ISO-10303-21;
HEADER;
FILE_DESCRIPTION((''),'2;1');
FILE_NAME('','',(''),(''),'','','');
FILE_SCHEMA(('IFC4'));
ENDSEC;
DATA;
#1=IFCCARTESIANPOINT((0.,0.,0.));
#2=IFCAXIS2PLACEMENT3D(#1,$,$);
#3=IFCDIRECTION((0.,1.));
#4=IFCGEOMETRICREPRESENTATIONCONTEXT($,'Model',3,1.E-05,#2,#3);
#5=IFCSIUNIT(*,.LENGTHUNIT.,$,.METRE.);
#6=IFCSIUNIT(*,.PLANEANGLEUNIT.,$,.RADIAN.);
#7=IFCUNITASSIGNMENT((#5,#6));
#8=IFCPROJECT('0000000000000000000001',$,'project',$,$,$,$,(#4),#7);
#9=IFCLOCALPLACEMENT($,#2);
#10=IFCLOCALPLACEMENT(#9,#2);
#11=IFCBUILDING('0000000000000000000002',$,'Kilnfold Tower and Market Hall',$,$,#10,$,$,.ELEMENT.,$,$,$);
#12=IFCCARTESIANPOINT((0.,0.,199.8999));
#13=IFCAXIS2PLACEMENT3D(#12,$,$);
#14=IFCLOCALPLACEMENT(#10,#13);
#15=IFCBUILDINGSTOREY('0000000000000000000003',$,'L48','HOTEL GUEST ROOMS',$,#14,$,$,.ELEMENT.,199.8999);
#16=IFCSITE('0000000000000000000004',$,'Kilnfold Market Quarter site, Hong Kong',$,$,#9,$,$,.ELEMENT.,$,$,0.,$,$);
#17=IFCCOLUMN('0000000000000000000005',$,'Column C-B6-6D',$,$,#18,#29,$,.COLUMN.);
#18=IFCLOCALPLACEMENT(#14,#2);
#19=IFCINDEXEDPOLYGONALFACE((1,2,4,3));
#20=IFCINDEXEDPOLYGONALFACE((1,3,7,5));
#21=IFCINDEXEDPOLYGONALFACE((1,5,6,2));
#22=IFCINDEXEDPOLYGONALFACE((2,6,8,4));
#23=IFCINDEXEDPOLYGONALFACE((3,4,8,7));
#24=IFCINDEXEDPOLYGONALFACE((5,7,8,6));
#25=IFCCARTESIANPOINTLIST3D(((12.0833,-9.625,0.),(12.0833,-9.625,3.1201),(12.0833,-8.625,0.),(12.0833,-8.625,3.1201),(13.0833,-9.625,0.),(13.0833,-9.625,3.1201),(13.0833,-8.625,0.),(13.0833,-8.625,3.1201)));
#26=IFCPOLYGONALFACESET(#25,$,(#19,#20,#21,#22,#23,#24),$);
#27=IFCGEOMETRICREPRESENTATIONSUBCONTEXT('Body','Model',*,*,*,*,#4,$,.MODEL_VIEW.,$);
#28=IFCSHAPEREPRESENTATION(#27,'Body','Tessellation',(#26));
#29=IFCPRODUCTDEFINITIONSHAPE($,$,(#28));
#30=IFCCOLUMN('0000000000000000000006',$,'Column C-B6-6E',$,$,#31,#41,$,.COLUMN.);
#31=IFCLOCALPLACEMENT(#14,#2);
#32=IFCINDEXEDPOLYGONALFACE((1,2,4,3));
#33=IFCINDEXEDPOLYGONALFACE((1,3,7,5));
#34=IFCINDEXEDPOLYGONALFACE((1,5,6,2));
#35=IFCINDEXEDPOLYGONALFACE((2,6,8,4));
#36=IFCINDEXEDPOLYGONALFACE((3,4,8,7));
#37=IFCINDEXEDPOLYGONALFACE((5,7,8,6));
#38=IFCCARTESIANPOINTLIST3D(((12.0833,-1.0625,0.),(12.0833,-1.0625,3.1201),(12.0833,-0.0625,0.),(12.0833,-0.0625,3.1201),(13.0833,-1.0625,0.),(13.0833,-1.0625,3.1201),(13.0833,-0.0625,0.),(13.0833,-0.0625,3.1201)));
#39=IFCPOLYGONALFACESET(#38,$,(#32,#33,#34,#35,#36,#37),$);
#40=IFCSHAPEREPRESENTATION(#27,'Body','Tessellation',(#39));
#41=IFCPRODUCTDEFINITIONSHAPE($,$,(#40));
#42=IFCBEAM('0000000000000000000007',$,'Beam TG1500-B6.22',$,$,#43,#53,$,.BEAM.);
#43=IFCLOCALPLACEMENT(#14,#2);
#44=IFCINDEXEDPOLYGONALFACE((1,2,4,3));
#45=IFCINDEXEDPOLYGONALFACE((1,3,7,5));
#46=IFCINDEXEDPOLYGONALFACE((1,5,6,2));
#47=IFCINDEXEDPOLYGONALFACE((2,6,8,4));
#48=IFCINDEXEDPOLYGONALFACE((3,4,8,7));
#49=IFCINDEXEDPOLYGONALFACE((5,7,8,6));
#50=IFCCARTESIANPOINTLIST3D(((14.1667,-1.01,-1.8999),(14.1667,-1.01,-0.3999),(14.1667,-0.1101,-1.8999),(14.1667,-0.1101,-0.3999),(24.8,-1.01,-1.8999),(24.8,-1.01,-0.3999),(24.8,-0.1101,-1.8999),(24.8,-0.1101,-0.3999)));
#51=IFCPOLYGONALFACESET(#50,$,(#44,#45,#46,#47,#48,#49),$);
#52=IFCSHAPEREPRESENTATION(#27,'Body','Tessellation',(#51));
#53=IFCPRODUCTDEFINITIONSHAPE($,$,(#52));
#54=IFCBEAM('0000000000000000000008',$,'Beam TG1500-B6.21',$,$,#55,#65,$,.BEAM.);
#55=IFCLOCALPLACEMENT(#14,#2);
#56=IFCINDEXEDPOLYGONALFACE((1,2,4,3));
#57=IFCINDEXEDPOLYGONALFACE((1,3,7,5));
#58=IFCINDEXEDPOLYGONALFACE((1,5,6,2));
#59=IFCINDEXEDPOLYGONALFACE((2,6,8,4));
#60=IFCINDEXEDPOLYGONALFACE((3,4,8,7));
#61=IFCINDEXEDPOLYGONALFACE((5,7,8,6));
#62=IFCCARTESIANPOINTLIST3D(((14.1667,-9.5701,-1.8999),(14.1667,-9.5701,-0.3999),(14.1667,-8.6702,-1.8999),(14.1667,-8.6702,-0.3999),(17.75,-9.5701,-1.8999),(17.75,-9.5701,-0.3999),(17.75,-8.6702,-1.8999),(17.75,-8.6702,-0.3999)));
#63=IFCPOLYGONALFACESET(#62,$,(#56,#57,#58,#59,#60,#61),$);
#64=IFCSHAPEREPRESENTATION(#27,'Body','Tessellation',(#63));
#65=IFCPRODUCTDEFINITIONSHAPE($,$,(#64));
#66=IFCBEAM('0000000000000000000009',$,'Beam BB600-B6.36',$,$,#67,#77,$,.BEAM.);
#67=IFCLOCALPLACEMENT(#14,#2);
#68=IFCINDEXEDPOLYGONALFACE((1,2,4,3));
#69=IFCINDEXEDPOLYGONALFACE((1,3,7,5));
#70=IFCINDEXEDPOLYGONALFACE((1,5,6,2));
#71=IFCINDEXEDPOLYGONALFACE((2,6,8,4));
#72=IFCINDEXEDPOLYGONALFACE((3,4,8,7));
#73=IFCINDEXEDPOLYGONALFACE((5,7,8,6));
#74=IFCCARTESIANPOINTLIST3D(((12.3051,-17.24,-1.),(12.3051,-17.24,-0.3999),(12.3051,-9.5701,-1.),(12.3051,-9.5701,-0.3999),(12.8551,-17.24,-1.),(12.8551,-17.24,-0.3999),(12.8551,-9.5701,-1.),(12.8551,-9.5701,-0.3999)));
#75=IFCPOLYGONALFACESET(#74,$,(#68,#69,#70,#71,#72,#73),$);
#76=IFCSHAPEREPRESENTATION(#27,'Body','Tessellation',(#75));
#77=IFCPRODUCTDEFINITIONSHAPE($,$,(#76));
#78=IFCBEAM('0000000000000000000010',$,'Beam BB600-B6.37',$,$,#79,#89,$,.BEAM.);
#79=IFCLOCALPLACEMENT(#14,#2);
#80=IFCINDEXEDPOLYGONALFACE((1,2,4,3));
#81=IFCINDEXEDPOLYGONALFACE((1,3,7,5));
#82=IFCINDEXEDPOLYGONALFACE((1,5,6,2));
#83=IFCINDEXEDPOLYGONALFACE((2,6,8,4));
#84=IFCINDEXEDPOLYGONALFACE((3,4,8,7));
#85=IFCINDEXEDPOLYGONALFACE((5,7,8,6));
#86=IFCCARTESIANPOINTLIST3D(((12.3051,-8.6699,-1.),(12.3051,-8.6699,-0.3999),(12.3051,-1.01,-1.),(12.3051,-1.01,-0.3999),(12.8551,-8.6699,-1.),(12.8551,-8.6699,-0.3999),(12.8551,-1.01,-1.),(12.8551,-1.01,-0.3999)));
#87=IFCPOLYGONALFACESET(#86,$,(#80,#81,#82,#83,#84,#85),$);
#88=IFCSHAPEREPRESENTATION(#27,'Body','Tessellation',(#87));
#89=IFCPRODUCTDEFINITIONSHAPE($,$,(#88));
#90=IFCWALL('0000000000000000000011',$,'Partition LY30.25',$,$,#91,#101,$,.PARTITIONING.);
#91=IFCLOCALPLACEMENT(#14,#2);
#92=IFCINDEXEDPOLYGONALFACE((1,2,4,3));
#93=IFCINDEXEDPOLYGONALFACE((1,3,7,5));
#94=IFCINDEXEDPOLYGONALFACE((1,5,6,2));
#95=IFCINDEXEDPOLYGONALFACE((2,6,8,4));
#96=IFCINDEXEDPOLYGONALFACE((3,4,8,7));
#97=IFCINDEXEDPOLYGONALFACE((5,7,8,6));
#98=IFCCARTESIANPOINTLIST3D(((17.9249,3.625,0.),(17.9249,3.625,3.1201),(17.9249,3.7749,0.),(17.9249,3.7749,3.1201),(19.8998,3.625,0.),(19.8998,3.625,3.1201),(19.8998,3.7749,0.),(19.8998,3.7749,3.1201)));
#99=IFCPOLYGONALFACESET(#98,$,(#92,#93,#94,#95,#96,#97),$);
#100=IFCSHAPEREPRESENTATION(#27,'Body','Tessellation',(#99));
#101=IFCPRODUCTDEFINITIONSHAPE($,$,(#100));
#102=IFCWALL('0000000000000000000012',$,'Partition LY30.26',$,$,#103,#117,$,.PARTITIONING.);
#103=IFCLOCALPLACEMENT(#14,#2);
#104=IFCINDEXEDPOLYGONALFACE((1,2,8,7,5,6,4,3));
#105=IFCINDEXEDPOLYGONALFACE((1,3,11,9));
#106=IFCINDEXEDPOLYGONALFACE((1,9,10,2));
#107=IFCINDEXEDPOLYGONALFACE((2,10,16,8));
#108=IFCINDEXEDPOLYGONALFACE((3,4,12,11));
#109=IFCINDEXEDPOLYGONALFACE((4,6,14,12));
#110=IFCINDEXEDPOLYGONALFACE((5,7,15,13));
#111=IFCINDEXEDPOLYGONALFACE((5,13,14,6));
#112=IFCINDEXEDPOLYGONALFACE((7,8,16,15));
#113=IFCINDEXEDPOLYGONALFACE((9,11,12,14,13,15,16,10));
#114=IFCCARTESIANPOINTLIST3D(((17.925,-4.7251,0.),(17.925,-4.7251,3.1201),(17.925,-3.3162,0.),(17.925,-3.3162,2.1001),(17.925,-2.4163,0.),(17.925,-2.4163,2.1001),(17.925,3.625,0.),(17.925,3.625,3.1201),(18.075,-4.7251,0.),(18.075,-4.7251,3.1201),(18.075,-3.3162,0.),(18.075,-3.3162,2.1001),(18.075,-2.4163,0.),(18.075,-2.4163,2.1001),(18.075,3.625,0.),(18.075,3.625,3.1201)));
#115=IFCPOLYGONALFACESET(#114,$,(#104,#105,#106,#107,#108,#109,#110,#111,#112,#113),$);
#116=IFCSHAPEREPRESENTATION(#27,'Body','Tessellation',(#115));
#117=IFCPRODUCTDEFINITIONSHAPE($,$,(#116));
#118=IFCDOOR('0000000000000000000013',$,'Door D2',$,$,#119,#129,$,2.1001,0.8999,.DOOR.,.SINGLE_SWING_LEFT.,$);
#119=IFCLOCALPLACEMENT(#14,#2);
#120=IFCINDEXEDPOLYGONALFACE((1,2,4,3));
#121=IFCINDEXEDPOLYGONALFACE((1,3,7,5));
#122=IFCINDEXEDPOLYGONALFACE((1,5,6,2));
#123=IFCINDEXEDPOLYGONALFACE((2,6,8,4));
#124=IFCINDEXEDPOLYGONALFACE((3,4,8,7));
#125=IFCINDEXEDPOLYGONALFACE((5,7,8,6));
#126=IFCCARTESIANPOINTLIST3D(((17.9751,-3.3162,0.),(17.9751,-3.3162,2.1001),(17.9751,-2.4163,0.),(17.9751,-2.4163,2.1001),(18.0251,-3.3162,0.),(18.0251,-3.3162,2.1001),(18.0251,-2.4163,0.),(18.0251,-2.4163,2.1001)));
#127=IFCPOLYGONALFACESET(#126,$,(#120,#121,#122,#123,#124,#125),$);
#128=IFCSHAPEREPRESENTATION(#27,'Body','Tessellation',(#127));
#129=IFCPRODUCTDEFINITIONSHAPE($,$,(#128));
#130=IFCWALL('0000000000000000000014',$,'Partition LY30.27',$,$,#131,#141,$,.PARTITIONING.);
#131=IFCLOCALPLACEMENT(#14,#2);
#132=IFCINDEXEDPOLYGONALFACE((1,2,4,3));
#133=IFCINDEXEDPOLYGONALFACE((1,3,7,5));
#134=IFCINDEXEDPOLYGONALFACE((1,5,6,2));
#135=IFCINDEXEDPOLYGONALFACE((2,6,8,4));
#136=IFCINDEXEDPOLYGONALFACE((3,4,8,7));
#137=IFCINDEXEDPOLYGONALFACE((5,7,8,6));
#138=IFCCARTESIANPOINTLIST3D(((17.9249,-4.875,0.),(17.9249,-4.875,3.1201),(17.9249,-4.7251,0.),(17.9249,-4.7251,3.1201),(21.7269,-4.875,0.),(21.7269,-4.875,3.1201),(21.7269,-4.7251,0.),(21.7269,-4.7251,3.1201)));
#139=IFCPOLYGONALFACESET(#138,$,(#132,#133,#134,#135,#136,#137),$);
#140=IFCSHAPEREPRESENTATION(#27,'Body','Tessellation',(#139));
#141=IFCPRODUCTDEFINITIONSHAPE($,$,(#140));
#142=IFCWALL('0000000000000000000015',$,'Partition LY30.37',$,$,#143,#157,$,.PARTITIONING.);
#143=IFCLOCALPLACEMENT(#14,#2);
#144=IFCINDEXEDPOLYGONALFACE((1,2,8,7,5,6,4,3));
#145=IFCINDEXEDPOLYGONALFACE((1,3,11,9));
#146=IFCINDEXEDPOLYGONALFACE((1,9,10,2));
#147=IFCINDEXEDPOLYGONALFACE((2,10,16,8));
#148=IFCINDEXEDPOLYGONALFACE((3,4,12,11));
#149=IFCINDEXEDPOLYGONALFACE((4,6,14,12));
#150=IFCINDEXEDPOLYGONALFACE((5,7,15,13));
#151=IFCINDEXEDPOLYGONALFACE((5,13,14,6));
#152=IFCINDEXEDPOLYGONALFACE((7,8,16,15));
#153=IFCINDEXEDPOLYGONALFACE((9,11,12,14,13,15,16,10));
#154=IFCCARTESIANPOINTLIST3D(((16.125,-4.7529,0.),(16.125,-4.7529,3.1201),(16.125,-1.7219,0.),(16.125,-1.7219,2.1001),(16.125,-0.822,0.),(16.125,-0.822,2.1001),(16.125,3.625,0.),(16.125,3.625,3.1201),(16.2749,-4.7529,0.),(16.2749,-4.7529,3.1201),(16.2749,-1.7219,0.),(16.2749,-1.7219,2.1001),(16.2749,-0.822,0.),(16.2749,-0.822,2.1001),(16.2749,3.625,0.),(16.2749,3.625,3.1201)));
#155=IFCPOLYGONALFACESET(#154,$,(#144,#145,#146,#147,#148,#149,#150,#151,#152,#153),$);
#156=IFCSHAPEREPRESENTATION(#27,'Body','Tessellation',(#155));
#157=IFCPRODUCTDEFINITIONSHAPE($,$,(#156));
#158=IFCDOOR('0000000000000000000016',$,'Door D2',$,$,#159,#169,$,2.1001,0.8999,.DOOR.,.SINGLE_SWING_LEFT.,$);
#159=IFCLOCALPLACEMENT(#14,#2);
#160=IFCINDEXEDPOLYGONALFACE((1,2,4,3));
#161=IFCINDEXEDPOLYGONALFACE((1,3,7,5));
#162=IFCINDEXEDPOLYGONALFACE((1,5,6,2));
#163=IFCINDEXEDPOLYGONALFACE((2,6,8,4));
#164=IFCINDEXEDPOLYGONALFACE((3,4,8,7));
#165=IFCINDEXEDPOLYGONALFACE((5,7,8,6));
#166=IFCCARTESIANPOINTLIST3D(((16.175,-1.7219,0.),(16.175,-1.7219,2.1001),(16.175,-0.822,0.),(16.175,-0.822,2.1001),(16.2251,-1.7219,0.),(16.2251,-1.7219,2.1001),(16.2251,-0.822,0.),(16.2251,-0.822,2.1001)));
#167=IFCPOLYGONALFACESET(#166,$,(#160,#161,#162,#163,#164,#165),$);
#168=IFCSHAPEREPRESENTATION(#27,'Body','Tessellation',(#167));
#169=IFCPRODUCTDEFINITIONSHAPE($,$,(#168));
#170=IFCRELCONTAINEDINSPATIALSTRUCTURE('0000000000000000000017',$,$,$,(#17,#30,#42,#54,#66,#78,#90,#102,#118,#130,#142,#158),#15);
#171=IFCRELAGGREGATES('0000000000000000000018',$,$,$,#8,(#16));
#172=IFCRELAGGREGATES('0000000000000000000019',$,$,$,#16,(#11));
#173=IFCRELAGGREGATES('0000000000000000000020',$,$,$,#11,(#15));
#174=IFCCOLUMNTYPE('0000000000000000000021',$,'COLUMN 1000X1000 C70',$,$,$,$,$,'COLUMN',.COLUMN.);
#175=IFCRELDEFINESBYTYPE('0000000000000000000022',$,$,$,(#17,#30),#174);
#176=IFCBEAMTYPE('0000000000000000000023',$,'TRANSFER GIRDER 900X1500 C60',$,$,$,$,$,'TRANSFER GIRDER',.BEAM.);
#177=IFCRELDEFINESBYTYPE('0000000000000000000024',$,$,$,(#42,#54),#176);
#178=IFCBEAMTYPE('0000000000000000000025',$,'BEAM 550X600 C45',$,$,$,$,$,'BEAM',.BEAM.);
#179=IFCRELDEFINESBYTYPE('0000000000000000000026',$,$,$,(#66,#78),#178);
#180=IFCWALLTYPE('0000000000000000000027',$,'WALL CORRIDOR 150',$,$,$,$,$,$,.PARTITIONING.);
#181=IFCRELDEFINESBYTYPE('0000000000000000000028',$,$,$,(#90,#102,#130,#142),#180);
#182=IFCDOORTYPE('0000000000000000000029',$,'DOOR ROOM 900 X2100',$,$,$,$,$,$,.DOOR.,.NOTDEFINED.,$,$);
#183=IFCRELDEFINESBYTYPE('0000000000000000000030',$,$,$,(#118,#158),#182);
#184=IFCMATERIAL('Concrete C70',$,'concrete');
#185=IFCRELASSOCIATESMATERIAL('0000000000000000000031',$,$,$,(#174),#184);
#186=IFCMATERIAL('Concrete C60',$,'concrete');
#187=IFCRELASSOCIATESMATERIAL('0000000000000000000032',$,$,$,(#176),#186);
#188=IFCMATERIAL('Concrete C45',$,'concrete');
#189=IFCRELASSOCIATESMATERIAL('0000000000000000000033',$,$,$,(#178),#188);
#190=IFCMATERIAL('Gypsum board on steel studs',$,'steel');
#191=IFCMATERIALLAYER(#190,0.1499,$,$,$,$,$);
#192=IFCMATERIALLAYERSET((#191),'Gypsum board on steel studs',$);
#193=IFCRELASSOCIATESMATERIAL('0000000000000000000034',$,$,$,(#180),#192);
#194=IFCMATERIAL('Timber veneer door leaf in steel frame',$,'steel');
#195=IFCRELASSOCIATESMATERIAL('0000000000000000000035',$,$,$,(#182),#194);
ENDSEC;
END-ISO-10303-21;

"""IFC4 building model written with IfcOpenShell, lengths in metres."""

from ifc_helpers import new_model, si_unit, direction, frame, frame_2d, origin, origin_2d, place, context, subcontext, project, spatial, rectangle, extrude, source, transform, mapped, material, layer, layer_set, material_profile, profile_set, type_object, element, fill, save


model = new_model("IFC4")

# Units and contexts
model_context = context("Model", 3, precision=1e-05, world=origin(), true_north=direction((0.0, 1.0)))
body_context = subcontext(model_context, "Body", "Model", "MODEL_VIEW")
ifc_project = project(units=[si_unit("LENGTHUNIT", "METRE"), si_unit("PLANEANGLEUNIT", "RADIAN")], contexts=[model_context])

# Site, building, storey
site_placement = place(None, origin())
site = spatial("IfcSite", under=ifc_project, at=site_placement, Name="Kilnfold Market Quarter site, Hong Kong", CompositionType="ELEMENT", RefElevation=0.0)
building_placement = place(site_placement, origin())
building = spatial("IfcBuilding", under=site, at=building_placement, Name="Kilnfold Tower and Market Hall", CompositionType="ELEMENT")
storey_placement = place(building_placement, frame((0.0, 0.0, 199.8999)))
storey = spatial("IfcBuildingStorey", under=building, at=storey_placement, Name="L48", Description="HOTEL GUEST ROOMS", CompositionType="ELEMENT", Elevation=199.8999)

# Columns
ifc_material_1 = material(Name="Concrete C70", Category="concrete")
ifc_material_profile_1 = material_profile(ifc_material_1, rectangle(XDim=1.0, YDim=1.0, at=origin_2d()), Name="RC 1000x1000")
ifc_profile_set_1 = profile_set([ifc_material_profile_1], Name="Concrete C70")
column_type = type_object("IfcColumnType", Name="COLUMN 1000X1000 C70", ElementType="COLUMN", PredefinedType="COLUMN", material=ifc_profile_set_1)
shared_shape_1 = source(origin(), body_context, "Body", "SweptSolid", [
    extrude(rectangle(XDim=1.0, YDim=1.0, at=origin_2d()), origin(), (0.0, 0.0, 1.0), 3.1201),
])
for number, where, z_axis, x_axis, name in (
    (1, (12.5833, -9.125, 0.0), (0.0, 0.0, 1.0), (1.0, 0.0, 0.0), "Column C-B6-6D"),
    (2, (12.5833, -0.5625, 0.0), (0.0, 0.0, 1.0), (1.0, 0.0, 0.0), "Column C-B6-6E"),
):
    element("IfcColumn", number, at=place(storey_placement, frame(where, z_axis=z_axis, x_axis=x_axis)), inside=storey, type_object=column_type, Name=name, PredefinedType="COLUMN", context=body_context, shape_type="MappedRepresentation", body=[
        mapped(shared_shape_1, transform((0.0, 0.0, 0.0))),
    ])

# Beams
ifc_material_2 = material(Name="Concrete C60", Category="concrete")
ifc_material_profile_2 = material_profile(ifc_material_2, rectangle(XDim=0.8999, YDim=1.5, at=origin_2d()), Name="RC 900x1500")
ifc_profile_set_2 = profile_set([ifc_material_profile_2], Name="Concrete C60")
beam_type_1 = type_object("IfcBeamType", Name="TRANSFER GIRDER 900X1500 C60", ElementType="TRANSFER GIRDER", PredefinedType="BEAM", material=ifc_profile_set_2)
shared_shape_2 = source(origin(), body_context, "Body", "SweptSolid", [
    extrude(rectangle(XDim=0.8999, YDim=1.5, at=origin_2d()), origin(), (0.0, 0.0, 1.0), 10.6333),
])
beam_1_placement = place(storey_placement, frame((14.1667, -0.5601, -1.1499), z_axis=(1.0, 0.0, 0.0), x_axis=(0.0, 1.0, 0.0)))
element("IfcBeam", 3, at=beam_1_placement, inside=storey, type_object=beam_type_1, Name="Beam TG1500-B6.22", PredefinedType="BEAM", context=body_context, shape_type="MappedRepresentation", body=[
    mapped(shared_shape_2, transform((0.0, 0.0, 0.0))),
])
shared_shape_3 = source(origin(), body_context, "Body", "SweptSolid", [
    extrude(rectangle(XDim=0.8999, YDim=1.5, at=origin_2d()), origin(), (0.0, 0.0, 1.0), 3.5833),
])
beam_2_placement = place(storey_placement, frame((14.1667, -9.1201, -1.1499), z_axis=(1.0, 0.0, 0.0), x_axis=(0.0, 1.0, 0.0)))
element("IfcBeam", 4, at=beam_2_placement, inside=storey, type_object=beam_type_1, Name="Beam TG1500-B6.21", PredefinedType="BEAM", context=body_context, shape_type="MappedRepresentation", body=[
    mapped(shared_shape_3, transform((0.0, 0.0, 0.0))),
])
ifc_material_3 = material(Name="Concrete C45", Category="concrete")
ifc_material_profile_3 = material_profile(ifc_material_3, rectangle(XDim=0.55, YDim=0.6001, at=origin_2d()), Name="RC 550x600")
ifc_profile_set_3 = profile_set([ifc_material_profile_3], Name="Concrete C45")
beam_type_2 = type_object("IfcBeamType", Name="BEAM 550X600 C45", ElementType="BEAM", PredefinedType="BEAM", material=ifc_profile_set_3)
shared_shape_4 = source(origin(), body_context, "Body", "SweptSolid", [
    extrude(rectangle(XDim=0.55, YDim=0.6001, at=origin_2d()), origin(), (0.0, 0.0, 1.0), 7.6699),
])
beam_3_placement = place(storey_placement, frame((12.5801, -17.24, -0.7), z_axis=(0.0, 1.0, 0.0), x_axis=(-1.0, 0.0, 0.0)))
element("IfcBeam", 5, at=beam_3_placement, inside=storey, type_object=beam_type_2, Name="Beam BB600-B6.36", PredefinedType="BEAM", context=body_context, shape_type="MappedRepresentation", body=[
    mapped(shared_shape_4, transform((0.0, 0.0, 0.0))),
])
shared_shape_5 = source(origin(), body_context, "Body", "SweptSolid", [
    extrude(rectangle(XDim=0.55, YDim=0.6001, at=origin_2d()), origin(), (0.0, 0.0, 1.0), 7.6599),
])
beam_4_placement = place(storey_placement, frame((12.5801, -8.6699, -0.7), z_axis=(0.0, 1.0, 0.0), x_axis=(-1.0, 0.0, 0.0)))
element("IfcBeam", 6, at=beam_4_placement, inside=storey, type_object=beam_type_2, Name="Beam BB600-B6.37", PredefinedType="BEAM", context=body_context, shape_type="MappedRepresentation", body=[
    mapped(shared_shape_5, transform((0.0, 0.0, 0.0))),
])

# Wall
ifc_material_4 = material(Name="Gypsum board on steel studs", Category="steel")
ifc_layer_1 = layer(ifc_material_4, 0.1499)
ifc_layer_set_1 = layer_set([ifc_layer_1], Name="Gypsum board on steel studs")
wall_type_1 = type_object("IfcWallType", Name="WALL CORRIDOR 150", PredefinedType="PARTITIONING", material=ifc_layer_set_1)
wall_1_placement = place(storey_placement, frame((17.925, 3.7, 0.0), z_axis=(0.0, 0.0, 1.0), x_axis=(1.0, 0.0, 0.0)))
element("IfcWall", 7, at=wall_1_placement, inside=storey, type_object=wall_type_1, Name="Partition LY30.25", PredefinedType="PARTITIONING", context=body_context, shape_type="SweptSolid", body=[
    extrude(rectangle(XDim=1.9749, YDim=0.1499, at=frame_2d((0.9873, 0.0))), origin(), (0.0, 0.0, 1.0), 3.1201),
])

# Wall, opening, door
wall_2_placement = place(storey_placement, frame((18.0, -4.7251, 0.0), z_axis=(0.0, 0.0, 1.0), x_axis=(0.0, 1.0, 0.0)))
wall_2 = element("IfcWall", 8, at=wall_2_placement, inside=storey, type_object=wall_type_1, Name="Partition LY30.26", PredefinedType="PARTITIONING", context=body_context, shape_type="SweptSolid", body=[
    extrude(rectangle(XDim=8.3501, YDim=0.1499, at=frame_2d((4.175, 0.0))), origin(), (0.0, 0.0, 1.0), 3.1201),
])
opening_1_placement = place(wall_2_placement, frame((1.4089, 0.0, 0.0)))
opening_1 = element("IfcOpeningElement", 9, at=opening_1_placement, cuts=wall_2, PredefinedType="OPENING", context=body_context, shape_type="SweptSolid", body=[
    extrude(rectangle(XDim=0.8999, YDim=2.1001, at=frame_2d((0.45, 1.05))), frame((0.0, 0.085, 0.0), z_axis=(0.0, -1.0, 0.0), x_axis=(1.0, 0.0, 0.0)), (0.0, 0.0, 1.0), 0.1699),
])
ifc_material_5 = material(Name="Timber veneer door leaf in steel frame", Category="steel")
door_type_1 = type_object("IfcDoorType", Name="DOOR ROOM 900 X2100", OperationType="NOTDEFINED", PredefinedType="DOOR", material=ifc_material_5)
door_1_placement = place(opening_1_placement, origin())
door_1 = element("IfcDoor", 10, at=door_1_placement, inside=storey, type_object=door_type_1, Name="Door D2", OperationType="SINGLE_SWING_LEFT", OverallHeight=2.1001, OverallWidth=0.8999, PredefinedType="DOOR", context=body_context, shape_type="SweptSolid", body=[
    extrude(rectangle(XDim=0.8999, YDim=2.1001, at=frame_2d((0.45, 1.05))), frame((0.0, 0.0249, 0.0), z_axis=(0.0, -1.0, 0.0), x_axis=(1.0, 0.0, 0.0)), (0.0, 0.0, 1.0), 0.05),
])
fill(opening_1, door_1)

# Wall
wall_3_placement = place(storey_placement, frame((17.925, -4.8, 0.0), z_axis=(0.0, 0.0, 1.0), x_axis=(1.0, 0.0, 0.0)))
element("IfcWall", 11, at=wall_3_placement, inside=storey, type_object=wall_type_1, Name="Partition LY30.27", PredefinedType="PARTITIONING", context=body_context, shape_type="SweptSolid", body=[
    extrude(rectangle(XDim=3.802, YDim=0.1499, at=frame_2d((1.9009, 0.0))), origin(), (0.0, 0.0, 1.0), 3.1201),
])

# Wall, opening, door
wall_4_placement = place(storey_placement, frame((16.2, -4.7529, 0.0), z_axis=(0.0, 0.0, 1.0), x_axis=(0.0, 1.0, 0.0)))
wall_4 = element("IfcWall", 12, at=wall_4_placement, inside=storey, type_object=wall_type_1, Name="Partition LY30.37", PredefinedType="PARTITIONING", context=body_context, shape_type="SweptSolid", body=[
    extrude(rectangle(XDim=8.3779, YDim=0.1499, at=frame_2d((4.189, 0.0))), origin(), (0.0, 0.0, 1.0), 3.1201),
])
opening_2_placement = place(wall_4_placement, frame((3.031, 0.0, 0.0)))
opening_2 = element("IfcOpeningElement", 13, at=opening_2_placement, cuts=wall_4, PredefinedType="OPENING", context=body_context, shape_type="SweptSolid", body=[
    extrude(rectangle(XDim=0.8999, YDim=2.1001, at=frame_2d((0.45, 1.05))), frame((0.0, 0.085, 0.0), z_axis=(0.0, -1.0, 0.0), x_axis=(1.0, 0.0, 0.0)), (0.0, 0.0, 1.0), 0.1699),
])
door_2_placement = place(opening_2_placement, origin())
door_2 = element("IfcDoor", 14, at=door_2_placement, inside=storey, type_object=door_type_1, Name="Door D2", OperationType="SINGLE_SWING_LEFT", OverallHeight=2.1001, OverallWidth=0.8999, PredefinedType="DOOR", context=body_context, shape_type="SweptSolid", body=[
    extrude(rectangle(XDim=0.8999, YDim=2.1001, at=frame_2d((0.45, 1.05))), frame((0.0, 0.0249, 0.0), z_axis=(0.0, -1.0, 0.0), x_axis=(1.0, 0.0, 0.0)), (0.0, 0.0, 1.0), 0.05),
])
fill(opening_2, door_2)

save(model, "model.ifc")
